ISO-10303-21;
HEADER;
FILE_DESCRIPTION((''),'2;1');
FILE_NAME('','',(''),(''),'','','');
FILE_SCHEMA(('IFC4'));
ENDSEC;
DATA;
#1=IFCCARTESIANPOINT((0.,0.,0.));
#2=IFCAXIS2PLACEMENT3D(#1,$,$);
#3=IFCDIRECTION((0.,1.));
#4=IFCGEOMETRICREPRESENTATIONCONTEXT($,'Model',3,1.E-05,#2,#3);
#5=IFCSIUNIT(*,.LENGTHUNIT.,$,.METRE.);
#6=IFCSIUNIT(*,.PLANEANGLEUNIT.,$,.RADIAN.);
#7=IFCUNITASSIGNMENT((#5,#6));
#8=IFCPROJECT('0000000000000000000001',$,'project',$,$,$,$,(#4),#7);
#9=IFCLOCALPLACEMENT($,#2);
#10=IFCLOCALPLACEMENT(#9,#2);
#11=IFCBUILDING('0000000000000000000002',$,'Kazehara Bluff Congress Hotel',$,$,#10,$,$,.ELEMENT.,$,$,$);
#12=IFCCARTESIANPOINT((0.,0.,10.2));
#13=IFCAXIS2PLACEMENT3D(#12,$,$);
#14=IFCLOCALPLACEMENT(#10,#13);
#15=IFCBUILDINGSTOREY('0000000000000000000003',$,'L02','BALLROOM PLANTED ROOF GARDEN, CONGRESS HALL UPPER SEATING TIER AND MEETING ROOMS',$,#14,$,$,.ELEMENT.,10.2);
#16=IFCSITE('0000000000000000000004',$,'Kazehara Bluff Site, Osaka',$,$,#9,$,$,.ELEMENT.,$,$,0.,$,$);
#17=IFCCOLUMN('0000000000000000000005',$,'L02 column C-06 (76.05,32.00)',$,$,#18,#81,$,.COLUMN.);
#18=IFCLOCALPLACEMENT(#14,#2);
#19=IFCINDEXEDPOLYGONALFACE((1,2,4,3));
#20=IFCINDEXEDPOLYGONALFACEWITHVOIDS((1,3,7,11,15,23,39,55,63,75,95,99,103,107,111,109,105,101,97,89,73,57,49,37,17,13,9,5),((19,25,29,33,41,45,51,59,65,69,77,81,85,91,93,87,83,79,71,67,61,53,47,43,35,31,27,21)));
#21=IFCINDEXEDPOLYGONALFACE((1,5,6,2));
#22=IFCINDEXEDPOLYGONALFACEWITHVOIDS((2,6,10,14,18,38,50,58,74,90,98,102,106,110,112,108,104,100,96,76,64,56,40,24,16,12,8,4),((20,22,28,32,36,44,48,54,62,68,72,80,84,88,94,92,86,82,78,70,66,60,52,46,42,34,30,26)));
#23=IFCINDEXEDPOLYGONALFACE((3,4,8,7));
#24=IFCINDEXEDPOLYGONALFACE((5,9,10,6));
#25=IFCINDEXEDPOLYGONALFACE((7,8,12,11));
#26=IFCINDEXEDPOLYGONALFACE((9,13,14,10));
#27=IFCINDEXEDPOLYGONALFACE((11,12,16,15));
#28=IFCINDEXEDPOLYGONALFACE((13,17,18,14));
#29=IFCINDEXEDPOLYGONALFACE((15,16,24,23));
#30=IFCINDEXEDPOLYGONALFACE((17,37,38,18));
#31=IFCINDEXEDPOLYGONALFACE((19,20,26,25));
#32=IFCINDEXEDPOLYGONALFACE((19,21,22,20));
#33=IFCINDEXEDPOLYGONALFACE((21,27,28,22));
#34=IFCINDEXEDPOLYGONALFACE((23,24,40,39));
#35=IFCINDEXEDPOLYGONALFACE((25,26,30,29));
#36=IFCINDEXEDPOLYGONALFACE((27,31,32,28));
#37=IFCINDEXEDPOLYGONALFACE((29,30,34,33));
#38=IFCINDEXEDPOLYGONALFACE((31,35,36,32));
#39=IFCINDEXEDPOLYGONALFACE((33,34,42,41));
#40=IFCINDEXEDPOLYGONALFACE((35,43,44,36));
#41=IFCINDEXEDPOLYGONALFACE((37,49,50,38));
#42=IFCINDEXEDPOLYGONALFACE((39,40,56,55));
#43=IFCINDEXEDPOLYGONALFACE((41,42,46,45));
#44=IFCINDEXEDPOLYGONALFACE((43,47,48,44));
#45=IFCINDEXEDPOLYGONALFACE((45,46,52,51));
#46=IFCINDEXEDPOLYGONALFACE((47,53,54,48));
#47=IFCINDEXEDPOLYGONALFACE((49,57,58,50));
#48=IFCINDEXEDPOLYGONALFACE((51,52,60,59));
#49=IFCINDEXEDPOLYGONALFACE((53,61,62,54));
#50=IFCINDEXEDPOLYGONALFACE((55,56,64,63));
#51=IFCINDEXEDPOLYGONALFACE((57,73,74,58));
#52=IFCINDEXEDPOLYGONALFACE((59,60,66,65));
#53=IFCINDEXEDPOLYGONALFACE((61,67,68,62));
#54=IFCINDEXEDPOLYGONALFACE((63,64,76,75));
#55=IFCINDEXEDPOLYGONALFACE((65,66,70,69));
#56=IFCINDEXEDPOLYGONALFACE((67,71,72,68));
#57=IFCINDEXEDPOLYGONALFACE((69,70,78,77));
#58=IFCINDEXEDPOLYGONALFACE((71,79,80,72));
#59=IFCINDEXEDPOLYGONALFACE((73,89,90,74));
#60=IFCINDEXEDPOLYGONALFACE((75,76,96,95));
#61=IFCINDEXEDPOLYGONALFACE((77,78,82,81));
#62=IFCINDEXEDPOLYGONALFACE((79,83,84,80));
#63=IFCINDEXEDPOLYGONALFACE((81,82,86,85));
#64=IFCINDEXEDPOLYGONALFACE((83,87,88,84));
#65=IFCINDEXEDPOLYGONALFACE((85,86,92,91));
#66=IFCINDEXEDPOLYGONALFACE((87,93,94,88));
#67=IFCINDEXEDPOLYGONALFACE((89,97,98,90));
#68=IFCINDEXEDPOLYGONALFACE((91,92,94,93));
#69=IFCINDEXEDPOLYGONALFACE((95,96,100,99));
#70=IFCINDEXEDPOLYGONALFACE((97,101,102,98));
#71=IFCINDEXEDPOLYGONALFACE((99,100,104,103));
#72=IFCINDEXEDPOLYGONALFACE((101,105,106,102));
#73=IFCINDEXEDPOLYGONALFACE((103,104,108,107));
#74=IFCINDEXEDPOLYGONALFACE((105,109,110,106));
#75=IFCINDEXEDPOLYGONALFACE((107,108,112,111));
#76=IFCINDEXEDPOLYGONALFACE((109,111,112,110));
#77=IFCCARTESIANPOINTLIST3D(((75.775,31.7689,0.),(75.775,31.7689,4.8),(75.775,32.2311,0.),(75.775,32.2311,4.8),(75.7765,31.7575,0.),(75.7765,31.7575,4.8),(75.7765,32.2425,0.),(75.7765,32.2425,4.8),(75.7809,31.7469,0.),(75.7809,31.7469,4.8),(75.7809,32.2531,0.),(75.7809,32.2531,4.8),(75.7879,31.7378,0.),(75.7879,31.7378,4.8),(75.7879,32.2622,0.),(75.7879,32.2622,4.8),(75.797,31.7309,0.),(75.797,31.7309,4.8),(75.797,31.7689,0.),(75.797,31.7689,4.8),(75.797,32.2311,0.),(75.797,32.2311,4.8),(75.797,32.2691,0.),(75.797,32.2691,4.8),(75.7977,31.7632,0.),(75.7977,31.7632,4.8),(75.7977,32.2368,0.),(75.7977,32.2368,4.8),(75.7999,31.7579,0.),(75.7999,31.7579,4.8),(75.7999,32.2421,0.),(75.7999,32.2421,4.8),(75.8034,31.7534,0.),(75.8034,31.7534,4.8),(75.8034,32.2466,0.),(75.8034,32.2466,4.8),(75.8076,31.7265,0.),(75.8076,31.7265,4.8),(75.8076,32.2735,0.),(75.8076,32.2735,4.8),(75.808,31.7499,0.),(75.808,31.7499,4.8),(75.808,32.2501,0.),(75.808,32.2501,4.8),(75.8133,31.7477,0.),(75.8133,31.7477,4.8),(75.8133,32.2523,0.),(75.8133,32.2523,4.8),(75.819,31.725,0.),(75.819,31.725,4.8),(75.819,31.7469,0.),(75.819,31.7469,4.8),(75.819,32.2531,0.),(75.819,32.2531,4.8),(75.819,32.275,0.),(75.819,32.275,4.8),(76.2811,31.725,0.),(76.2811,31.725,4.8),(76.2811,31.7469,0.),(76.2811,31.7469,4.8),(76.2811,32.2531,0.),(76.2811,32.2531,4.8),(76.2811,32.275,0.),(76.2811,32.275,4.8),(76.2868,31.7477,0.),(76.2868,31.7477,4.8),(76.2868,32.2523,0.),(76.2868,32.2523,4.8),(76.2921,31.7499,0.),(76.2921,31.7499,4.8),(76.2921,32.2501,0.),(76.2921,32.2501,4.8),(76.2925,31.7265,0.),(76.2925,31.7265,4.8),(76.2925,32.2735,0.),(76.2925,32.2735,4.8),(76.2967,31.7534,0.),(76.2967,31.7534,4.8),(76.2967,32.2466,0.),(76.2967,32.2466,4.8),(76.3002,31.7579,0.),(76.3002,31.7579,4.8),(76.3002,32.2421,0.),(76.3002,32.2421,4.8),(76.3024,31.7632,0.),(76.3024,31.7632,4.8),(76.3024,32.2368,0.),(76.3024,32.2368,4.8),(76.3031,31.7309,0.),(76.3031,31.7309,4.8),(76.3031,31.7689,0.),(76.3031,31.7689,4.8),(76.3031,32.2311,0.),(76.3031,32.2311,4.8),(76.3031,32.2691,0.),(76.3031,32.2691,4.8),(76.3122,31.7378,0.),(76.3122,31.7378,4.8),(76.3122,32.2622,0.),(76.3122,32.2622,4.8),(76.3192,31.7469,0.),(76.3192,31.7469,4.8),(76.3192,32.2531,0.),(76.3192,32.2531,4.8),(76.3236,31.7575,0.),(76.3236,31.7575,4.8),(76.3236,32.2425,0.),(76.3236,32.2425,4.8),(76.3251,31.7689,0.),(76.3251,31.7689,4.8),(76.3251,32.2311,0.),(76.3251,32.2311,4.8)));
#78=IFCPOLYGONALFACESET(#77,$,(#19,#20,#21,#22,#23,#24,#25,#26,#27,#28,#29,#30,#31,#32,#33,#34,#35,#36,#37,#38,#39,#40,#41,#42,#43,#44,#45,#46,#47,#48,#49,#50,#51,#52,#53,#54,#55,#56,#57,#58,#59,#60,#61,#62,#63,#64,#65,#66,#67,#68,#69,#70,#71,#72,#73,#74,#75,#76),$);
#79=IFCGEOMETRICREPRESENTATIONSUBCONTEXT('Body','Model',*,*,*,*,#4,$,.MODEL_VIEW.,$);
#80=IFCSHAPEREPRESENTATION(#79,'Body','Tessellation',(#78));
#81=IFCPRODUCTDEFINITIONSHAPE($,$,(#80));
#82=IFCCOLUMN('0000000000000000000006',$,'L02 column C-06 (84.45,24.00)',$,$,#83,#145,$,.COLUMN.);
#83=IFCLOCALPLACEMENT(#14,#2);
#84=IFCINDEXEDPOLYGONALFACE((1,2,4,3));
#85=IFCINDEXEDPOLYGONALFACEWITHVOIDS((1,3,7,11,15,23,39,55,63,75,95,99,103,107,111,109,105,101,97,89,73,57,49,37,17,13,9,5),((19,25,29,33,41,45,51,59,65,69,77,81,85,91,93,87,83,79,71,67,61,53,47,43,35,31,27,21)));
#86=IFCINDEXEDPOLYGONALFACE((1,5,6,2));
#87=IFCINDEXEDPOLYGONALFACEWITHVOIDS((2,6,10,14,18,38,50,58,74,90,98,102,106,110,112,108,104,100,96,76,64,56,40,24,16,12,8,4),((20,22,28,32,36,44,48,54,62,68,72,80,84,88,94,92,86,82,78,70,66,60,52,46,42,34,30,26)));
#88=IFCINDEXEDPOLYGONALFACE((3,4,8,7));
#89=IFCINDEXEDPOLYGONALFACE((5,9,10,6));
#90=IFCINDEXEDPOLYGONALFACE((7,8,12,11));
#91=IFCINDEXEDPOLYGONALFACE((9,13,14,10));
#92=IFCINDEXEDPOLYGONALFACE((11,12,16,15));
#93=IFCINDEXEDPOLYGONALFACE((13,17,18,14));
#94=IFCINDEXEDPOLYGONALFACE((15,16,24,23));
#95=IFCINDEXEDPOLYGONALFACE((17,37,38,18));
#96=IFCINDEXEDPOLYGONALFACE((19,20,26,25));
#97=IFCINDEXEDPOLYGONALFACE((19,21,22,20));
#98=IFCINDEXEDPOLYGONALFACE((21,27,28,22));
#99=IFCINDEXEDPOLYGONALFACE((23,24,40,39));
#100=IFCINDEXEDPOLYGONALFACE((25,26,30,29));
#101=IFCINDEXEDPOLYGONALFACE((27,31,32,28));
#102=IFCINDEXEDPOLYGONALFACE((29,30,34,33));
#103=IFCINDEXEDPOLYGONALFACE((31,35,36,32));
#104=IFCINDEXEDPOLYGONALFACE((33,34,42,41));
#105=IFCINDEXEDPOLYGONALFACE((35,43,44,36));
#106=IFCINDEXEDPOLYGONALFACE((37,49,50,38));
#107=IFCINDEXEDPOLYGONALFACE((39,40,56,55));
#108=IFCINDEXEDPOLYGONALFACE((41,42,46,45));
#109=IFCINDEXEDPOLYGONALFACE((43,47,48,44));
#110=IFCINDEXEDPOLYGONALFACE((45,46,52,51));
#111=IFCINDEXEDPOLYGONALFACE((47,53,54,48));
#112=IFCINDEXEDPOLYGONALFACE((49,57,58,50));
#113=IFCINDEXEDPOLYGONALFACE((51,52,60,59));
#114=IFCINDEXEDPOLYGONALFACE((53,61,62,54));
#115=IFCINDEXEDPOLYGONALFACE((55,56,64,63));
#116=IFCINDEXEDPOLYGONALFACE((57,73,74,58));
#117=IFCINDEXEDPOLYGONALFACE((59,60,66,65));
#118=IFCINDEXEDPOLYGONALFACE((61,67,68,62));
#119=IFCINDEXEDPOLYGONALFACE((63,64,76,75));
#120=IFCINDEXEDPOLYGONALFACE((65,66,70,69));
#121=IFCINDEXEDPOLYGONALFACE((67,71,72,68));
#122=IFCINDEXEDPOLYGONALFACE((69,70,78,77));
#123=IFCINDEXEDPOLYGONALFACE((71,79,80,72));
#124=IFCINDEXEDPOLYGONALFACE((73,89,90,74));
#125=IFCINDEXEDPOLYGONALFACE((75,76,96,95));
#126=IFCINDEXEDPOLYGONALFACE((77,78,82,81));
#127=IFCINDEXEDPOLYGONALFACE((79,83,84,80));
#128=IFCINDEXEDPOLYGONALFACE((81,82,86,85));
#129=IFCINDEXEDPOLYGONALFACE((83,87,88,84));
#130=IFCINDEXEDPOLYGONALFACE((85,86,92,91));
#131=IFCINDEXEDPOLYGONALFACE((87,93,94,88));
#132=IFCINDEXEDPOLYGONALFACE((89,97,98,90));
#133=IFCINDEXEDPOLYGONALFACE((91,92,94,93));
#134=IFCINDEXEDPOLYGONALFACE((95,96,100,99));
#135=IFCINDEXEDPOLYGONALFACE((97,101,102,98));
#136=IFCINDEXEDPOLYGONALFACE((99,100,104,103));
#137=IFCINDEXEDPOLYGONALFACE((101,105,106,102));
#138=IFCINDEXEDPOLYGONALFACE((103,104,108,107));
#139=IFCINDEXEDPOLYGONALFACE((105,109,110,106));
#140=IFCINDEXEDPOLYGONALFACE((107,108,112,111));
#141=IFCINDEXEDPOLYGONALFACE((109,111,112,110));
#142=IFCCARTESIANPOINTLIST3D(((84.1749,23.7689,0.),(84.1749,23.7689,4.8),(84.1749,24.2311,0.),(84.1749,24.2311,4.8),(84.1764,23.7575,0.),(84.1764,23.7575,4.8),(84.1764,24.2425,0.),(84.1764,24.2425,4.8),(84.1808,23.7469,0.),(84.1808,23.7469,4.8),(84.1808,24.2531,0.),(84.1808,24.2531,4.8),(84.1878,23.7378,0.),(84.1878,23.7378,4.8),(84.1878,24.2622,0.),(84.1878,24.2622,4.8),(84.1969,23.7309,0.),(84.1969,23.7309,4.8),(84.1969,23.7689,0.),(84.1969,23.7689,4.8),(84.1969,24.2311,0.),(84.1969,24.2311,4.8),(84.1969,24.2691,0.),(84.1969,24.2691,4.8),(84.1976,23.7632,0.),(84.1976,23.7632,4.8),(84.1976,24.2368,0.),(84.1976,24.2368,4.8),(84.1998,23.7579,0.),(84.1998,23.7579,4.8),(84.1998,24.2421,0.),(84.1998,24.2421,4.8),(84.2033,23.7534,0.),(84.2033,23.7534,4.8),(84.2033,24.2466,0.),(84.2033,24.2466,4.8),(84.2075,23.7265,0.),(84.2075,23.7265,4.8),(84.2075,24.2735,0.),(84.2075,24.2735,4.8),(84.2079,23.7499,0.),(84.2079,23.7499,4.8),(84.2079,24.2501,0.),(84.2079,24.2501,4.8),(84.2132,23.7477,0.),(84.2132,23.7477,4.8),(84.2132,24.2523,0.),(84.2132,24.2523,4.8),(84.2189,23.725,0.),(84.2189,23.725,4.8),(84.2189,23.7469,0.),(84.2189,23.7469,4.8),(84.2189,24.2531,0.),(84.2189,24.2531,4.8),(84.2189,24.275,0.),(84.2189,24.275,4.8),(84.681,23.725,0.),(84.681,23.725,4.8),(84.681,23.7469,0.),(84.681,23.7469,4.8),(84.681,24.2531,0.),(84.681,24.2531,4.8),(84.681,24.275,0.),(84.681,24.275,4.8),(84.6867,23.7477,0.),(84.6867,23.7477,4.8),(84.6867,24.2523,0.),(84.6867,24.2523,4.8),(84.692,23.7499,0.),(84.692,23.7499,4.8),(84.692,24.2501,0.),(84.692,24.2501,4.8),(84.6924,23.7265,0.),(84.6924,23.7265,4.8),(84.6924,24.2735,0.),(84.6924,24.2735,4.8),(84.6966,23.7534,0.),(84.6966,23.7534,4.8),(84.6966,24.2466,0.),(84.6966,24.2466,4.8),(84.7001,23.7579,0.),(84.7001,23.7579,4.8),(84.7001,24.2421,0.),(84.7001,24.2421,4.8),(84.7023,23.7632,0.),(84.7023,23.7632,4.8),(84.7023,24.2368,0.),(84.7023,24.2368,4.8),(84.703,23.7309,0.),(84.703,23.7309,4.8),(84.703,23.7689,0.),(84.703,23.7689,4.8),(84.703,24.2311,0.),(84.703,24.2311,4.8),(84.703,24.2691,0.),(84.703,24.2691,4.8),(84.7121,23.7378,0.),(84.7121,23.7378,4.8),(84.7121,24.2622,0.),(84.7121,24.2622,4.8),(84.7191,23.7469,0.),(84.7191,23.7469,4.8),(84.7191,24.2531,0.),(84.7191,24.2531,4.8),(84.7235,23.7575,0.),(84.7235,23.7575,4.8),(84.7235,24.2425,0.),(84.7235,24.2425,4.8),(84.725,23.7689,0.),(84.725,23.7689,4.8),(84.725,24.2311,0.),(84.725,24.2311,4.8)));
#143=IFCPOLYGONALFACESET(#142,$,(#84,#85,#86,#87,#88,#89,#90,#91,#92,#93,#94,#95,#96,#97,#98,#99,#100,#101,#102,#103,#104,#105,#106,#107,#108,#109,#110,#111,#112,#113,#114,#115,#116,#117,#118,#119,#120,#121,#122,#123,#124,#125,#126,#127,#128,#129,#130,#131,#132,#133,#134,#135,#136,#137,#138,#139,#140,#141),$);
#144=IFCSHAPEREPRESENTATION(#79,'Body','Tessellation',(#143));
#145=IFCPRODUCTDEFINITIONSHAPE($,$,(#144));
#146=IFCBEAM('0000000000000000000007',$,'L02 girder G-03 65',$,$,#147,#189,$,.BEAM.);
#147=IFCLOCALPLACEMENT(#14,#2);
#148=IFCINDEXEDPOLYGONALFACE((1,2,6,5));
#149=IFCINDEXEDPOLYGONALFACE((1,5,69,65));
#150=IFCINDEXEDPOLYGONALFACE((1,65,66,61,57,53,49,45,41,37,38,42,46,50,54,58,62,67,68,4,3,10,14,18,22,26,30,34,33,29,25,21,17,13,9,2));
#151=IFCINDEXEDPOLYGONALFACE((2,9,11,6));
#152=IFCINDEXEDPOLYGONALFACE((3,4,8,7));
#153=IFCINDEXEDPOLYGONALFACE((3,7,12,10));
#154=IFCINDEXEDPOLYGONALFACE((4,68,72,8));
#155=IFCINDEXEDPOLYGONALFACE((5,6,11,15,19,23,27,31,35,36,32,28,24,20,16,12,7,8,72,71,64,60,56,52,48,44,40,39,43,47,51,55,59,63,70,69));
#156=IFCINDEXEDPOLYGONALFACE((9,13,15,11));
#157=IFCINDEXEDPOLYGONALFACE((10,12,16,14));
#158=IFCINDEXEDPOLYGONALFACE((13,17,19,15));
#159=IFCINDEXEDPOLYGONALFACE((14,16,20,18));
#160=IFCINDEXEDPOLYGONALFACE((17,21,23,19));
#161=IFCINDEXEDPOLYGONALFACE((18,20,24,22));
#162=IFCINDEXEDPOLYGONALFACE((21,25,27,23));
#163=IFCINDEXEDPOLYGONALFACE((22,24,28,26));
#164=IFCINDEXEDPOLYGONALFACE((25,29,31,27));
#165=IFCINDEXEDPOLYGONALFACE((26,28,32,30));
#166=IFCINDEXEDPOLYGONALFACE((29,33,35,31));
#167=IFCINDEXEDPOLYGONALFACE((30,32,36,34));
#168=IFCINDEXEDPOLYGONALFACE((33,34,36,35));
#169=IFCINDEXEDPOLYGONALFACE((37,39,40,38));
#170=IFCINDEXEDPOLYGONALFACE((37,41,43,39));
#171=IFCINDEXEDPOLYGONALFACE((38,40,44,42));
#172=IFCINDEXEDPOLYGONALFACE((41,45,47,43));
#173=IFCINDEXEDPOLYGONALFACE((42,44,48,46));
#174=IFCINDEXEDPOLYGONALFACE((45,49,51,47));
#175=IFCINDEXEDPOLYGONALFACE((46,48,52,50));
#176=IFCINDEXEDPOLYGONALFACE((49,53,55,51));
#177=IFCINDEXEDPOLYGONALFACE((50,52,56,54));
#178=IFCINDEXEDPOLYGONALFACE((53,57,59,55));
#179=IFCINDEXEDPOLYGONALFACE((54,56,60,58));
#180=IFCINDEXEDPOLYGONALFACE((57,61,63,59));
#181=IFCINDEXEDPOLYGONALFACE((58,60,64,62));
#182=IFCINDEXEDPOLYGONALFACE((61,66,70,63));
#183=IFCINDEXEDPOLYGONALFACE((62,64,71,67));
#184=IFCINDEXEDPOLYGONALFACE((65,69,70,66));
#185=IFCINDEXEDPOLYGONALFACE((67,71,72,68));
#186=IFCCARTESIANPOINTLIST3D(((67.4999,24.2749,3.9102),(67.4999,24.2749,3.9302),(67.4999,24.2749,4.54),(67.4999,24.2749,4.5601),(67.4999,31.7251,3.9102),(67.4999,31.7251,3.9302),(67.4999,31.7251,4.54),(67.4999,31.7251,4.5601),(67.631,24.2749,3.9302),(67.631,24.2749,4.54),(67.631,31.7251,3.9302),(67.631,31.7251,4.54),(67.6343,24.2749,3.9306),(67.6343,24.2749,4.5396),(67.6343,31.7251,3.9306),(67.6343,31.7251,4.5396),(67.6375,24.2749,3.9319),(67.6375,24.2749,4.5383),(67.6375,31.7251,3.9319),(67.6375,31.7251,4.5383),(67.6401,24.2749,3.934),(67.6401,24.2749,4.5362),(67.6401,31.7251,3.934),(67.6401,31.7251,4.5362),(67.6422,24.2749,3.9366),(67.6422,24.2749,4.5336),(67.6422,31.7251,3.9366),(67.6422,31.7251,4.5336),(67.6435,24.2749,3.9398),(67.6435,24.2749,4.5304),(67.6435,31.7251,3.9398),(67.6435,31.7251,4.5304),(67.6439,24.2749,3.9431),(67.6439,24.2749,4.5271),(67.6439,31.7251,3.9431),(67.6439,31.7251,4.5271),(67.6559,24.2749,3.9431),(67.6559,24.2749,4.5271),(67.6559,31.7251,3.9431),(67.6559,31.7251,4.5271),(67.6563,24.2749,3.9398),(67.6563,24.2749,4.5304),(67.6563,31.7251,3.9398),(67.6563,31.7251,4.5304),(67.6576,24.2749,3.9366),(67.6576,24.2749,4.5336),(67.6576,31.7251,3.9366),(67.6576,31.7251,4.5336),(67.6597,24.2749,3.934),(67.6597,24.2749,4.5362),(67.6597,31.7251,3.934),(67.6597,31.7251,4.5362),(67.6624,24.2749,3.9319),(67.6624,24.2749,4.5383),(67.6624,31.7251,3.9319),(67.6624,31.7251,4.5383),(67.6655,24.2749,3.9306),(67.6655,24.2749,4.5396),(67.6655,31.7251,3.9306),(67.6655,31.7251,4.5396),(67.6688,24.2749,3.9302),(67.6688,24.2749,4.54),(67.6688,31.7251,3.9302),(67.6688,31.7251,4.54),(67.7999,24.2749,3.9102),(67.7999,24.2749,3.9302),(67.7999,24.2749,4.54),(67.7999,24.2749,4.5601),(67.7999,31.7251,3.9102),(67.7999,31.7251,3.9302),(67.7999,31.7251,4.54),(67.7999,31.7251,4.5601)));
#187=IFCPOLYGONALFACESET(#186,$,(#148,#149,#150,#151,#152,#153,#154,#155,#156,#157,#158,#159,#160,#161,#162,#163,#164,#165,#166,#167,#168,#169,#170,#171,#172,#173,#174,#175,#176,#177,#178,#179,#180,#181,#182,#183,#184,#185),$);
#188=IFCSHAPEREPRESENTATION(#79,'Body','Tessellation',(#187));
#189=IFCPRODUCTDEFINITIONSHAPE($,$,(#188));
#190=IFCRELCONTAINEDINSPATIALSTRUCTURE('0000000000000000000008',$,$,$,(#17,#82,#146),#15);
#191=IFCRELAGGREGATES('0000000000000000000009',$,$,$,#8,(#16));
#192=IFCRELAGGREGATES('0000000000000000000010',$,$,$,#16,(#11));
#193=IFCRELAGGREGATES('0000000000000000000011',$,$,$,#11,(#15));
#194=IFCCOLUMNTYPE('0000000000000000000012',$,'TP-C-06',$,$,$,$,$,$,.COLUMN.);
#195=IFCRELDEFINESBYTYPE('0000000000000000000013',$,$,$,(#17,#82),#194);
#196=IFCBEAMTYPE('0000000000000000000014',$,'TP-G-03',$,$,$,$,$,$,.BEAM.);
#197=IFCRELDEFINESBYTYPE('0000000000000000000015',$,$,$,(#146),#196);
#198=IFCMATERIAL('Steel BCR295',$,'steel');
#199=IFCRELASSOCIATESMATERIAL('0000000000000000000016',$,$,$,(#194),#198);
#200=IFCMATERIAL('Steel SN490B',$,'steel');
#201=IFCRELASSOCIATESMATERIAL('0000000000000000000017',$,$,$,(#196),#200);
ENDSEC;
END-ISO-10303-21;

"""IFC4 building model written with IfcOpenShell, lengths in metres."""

from ifc_helpers import new_model, si_unit, direction, frame, origin, origin_2d, place, context, subcontext, project, spatial, hollow_rectangle, i_section, extrude, material, material_profile, profile_set, type_object, element, save


model = new_model("IFC4")

# Units and contexts
model_context = context("Model", 3, precision=1e-05, world=origin(), true_north=direction((0.0, 1.0)))
body_context = subcontext(model_context, "Body", "Model", "MODEL_VIEW")
ifc_project = project(units=[si_unit("LENGTHUNIT", "METRE"), si_unit("PLANEANGLEUNIT", "RADIAN")], contexts=[model_context])

# Site, building, storey
site_placement = place(None, origin())
site = spatial("IfcSite", under=ifc_project, at=site_placement, Name="Kazehara Bluff Site, Osaka", CompositionType="ELEMENT", RefElevation=0.0)
building_placement = place(site_placement, origin())
building = spatial("IfcBuilding", under=site, at=building_placement, Name="Kazehara Bluff Congress Hotel", CompositionType="ELEMENT")
storey_placement = place(building_placement, frame((0.0, 0.0, 10.2)))
storey = spatial("IfcBuildingStorey", under=building, at=storey_placement, Name="L02", Description="BALLROOM PLANTED ROOF GARDEN, CONGRESS HALL UPPER SEATING TIER AND MEETING ROOMS", CompositionType="ELEMENT", Elevation=10.2)

# Columns
ifc_material_1 = material(Name="Steel BCR295", Category="steel")
ifc_material_profile_1 = material_profile(ifc_material_1, hollow_rectangle(XDim=0.55, YDim=0.55, WallThickness=0.022, InnerFilletRadius=0.022, OuterFilletRadius=0.0439, at=origin_2d()))
ifc_profile_set_1 = profile_set([ifc_material_profile_1], Name="Steel BCR295")
column_type = type_object("IfcColumnType", Name="TP-C-06", PredefinedType="COLUMN", material=ifc_profile_set_1)
for number, where, z_axis, x_axis, name in (
    (1, (76.05, 32.0, 0.0), (0.0, 0.0, 1.0), (1.0, 0.0, 0.0), "L02 column C-06 (76.05,32.00)"),
    (2, (84.45, 24.0, 0.0), (0.0, 0.0, 1.0), (1.0, 0.0, 0.0), "L02 column C-06 (84.45,24.00)"),
):
    element("IfcColumn", number, at=place(storey_placement, frame(where, z_axis=z_axis, x_axis=x_axis)), inside=storey, type_object=column_type, Name=name, PredefinedType="COLUMN", context=body_context, shape_type="SweptSolid", body=[
        extrude(hollow_rectangle(XDim=0.55, YDim=0.55, WallThickness=0.022, InnerFilletRadius=0.022, OuterFilletRadius=0.0439, at=origin_2d()), origin(), (0.0, 0.0, 1.0), 4.8),
    ])

# Beam
ifc_material_2 = material(Name="Steel SN490B", Category="steel")
ifc_material_profile_2 = material_profile(ifc_material_2, i_section(OverallWidth=0.3, OverallDepth=0.6499, WebThickness=0.012, FlangeThickness=0.02, FilletRadius=0.0129, at=origin_2d()))
ifc_profile_set_2 = profile_set([ifc_material_profile_2], Name="Steel SN490B")
beam_type_1 = type_object("IfcBeamType", Name="TP-G-03", PredefinedType="BEAM", material=ifc_profile_set_2)
beam_1_placement = place(storey_placement, frame((67.6499, 24.2749, 4.2351), z_axis=(0.0, 1.0, 0.0), x_axis=(-1.0, 0.0, 0.0)))
element("IfcBeam", 3, at=beam_1_placement, inside=storey, type_object=beam_type_1, Name="L02 girder G-03 65", PredefinedType="BEAM", context=body_context, shape_type="SweptSolid", body=[
    extrude(i_section(OverallWidth=0.3, OverallDepth=0.6499, WebThickness=0.012, FlangeThickness=0.02, FilletRadius=0.0129, at=origin_2d()), origin(), (0.0, 0.0, 1.0), 7.4502),
])

save(model, "model.ifc")
